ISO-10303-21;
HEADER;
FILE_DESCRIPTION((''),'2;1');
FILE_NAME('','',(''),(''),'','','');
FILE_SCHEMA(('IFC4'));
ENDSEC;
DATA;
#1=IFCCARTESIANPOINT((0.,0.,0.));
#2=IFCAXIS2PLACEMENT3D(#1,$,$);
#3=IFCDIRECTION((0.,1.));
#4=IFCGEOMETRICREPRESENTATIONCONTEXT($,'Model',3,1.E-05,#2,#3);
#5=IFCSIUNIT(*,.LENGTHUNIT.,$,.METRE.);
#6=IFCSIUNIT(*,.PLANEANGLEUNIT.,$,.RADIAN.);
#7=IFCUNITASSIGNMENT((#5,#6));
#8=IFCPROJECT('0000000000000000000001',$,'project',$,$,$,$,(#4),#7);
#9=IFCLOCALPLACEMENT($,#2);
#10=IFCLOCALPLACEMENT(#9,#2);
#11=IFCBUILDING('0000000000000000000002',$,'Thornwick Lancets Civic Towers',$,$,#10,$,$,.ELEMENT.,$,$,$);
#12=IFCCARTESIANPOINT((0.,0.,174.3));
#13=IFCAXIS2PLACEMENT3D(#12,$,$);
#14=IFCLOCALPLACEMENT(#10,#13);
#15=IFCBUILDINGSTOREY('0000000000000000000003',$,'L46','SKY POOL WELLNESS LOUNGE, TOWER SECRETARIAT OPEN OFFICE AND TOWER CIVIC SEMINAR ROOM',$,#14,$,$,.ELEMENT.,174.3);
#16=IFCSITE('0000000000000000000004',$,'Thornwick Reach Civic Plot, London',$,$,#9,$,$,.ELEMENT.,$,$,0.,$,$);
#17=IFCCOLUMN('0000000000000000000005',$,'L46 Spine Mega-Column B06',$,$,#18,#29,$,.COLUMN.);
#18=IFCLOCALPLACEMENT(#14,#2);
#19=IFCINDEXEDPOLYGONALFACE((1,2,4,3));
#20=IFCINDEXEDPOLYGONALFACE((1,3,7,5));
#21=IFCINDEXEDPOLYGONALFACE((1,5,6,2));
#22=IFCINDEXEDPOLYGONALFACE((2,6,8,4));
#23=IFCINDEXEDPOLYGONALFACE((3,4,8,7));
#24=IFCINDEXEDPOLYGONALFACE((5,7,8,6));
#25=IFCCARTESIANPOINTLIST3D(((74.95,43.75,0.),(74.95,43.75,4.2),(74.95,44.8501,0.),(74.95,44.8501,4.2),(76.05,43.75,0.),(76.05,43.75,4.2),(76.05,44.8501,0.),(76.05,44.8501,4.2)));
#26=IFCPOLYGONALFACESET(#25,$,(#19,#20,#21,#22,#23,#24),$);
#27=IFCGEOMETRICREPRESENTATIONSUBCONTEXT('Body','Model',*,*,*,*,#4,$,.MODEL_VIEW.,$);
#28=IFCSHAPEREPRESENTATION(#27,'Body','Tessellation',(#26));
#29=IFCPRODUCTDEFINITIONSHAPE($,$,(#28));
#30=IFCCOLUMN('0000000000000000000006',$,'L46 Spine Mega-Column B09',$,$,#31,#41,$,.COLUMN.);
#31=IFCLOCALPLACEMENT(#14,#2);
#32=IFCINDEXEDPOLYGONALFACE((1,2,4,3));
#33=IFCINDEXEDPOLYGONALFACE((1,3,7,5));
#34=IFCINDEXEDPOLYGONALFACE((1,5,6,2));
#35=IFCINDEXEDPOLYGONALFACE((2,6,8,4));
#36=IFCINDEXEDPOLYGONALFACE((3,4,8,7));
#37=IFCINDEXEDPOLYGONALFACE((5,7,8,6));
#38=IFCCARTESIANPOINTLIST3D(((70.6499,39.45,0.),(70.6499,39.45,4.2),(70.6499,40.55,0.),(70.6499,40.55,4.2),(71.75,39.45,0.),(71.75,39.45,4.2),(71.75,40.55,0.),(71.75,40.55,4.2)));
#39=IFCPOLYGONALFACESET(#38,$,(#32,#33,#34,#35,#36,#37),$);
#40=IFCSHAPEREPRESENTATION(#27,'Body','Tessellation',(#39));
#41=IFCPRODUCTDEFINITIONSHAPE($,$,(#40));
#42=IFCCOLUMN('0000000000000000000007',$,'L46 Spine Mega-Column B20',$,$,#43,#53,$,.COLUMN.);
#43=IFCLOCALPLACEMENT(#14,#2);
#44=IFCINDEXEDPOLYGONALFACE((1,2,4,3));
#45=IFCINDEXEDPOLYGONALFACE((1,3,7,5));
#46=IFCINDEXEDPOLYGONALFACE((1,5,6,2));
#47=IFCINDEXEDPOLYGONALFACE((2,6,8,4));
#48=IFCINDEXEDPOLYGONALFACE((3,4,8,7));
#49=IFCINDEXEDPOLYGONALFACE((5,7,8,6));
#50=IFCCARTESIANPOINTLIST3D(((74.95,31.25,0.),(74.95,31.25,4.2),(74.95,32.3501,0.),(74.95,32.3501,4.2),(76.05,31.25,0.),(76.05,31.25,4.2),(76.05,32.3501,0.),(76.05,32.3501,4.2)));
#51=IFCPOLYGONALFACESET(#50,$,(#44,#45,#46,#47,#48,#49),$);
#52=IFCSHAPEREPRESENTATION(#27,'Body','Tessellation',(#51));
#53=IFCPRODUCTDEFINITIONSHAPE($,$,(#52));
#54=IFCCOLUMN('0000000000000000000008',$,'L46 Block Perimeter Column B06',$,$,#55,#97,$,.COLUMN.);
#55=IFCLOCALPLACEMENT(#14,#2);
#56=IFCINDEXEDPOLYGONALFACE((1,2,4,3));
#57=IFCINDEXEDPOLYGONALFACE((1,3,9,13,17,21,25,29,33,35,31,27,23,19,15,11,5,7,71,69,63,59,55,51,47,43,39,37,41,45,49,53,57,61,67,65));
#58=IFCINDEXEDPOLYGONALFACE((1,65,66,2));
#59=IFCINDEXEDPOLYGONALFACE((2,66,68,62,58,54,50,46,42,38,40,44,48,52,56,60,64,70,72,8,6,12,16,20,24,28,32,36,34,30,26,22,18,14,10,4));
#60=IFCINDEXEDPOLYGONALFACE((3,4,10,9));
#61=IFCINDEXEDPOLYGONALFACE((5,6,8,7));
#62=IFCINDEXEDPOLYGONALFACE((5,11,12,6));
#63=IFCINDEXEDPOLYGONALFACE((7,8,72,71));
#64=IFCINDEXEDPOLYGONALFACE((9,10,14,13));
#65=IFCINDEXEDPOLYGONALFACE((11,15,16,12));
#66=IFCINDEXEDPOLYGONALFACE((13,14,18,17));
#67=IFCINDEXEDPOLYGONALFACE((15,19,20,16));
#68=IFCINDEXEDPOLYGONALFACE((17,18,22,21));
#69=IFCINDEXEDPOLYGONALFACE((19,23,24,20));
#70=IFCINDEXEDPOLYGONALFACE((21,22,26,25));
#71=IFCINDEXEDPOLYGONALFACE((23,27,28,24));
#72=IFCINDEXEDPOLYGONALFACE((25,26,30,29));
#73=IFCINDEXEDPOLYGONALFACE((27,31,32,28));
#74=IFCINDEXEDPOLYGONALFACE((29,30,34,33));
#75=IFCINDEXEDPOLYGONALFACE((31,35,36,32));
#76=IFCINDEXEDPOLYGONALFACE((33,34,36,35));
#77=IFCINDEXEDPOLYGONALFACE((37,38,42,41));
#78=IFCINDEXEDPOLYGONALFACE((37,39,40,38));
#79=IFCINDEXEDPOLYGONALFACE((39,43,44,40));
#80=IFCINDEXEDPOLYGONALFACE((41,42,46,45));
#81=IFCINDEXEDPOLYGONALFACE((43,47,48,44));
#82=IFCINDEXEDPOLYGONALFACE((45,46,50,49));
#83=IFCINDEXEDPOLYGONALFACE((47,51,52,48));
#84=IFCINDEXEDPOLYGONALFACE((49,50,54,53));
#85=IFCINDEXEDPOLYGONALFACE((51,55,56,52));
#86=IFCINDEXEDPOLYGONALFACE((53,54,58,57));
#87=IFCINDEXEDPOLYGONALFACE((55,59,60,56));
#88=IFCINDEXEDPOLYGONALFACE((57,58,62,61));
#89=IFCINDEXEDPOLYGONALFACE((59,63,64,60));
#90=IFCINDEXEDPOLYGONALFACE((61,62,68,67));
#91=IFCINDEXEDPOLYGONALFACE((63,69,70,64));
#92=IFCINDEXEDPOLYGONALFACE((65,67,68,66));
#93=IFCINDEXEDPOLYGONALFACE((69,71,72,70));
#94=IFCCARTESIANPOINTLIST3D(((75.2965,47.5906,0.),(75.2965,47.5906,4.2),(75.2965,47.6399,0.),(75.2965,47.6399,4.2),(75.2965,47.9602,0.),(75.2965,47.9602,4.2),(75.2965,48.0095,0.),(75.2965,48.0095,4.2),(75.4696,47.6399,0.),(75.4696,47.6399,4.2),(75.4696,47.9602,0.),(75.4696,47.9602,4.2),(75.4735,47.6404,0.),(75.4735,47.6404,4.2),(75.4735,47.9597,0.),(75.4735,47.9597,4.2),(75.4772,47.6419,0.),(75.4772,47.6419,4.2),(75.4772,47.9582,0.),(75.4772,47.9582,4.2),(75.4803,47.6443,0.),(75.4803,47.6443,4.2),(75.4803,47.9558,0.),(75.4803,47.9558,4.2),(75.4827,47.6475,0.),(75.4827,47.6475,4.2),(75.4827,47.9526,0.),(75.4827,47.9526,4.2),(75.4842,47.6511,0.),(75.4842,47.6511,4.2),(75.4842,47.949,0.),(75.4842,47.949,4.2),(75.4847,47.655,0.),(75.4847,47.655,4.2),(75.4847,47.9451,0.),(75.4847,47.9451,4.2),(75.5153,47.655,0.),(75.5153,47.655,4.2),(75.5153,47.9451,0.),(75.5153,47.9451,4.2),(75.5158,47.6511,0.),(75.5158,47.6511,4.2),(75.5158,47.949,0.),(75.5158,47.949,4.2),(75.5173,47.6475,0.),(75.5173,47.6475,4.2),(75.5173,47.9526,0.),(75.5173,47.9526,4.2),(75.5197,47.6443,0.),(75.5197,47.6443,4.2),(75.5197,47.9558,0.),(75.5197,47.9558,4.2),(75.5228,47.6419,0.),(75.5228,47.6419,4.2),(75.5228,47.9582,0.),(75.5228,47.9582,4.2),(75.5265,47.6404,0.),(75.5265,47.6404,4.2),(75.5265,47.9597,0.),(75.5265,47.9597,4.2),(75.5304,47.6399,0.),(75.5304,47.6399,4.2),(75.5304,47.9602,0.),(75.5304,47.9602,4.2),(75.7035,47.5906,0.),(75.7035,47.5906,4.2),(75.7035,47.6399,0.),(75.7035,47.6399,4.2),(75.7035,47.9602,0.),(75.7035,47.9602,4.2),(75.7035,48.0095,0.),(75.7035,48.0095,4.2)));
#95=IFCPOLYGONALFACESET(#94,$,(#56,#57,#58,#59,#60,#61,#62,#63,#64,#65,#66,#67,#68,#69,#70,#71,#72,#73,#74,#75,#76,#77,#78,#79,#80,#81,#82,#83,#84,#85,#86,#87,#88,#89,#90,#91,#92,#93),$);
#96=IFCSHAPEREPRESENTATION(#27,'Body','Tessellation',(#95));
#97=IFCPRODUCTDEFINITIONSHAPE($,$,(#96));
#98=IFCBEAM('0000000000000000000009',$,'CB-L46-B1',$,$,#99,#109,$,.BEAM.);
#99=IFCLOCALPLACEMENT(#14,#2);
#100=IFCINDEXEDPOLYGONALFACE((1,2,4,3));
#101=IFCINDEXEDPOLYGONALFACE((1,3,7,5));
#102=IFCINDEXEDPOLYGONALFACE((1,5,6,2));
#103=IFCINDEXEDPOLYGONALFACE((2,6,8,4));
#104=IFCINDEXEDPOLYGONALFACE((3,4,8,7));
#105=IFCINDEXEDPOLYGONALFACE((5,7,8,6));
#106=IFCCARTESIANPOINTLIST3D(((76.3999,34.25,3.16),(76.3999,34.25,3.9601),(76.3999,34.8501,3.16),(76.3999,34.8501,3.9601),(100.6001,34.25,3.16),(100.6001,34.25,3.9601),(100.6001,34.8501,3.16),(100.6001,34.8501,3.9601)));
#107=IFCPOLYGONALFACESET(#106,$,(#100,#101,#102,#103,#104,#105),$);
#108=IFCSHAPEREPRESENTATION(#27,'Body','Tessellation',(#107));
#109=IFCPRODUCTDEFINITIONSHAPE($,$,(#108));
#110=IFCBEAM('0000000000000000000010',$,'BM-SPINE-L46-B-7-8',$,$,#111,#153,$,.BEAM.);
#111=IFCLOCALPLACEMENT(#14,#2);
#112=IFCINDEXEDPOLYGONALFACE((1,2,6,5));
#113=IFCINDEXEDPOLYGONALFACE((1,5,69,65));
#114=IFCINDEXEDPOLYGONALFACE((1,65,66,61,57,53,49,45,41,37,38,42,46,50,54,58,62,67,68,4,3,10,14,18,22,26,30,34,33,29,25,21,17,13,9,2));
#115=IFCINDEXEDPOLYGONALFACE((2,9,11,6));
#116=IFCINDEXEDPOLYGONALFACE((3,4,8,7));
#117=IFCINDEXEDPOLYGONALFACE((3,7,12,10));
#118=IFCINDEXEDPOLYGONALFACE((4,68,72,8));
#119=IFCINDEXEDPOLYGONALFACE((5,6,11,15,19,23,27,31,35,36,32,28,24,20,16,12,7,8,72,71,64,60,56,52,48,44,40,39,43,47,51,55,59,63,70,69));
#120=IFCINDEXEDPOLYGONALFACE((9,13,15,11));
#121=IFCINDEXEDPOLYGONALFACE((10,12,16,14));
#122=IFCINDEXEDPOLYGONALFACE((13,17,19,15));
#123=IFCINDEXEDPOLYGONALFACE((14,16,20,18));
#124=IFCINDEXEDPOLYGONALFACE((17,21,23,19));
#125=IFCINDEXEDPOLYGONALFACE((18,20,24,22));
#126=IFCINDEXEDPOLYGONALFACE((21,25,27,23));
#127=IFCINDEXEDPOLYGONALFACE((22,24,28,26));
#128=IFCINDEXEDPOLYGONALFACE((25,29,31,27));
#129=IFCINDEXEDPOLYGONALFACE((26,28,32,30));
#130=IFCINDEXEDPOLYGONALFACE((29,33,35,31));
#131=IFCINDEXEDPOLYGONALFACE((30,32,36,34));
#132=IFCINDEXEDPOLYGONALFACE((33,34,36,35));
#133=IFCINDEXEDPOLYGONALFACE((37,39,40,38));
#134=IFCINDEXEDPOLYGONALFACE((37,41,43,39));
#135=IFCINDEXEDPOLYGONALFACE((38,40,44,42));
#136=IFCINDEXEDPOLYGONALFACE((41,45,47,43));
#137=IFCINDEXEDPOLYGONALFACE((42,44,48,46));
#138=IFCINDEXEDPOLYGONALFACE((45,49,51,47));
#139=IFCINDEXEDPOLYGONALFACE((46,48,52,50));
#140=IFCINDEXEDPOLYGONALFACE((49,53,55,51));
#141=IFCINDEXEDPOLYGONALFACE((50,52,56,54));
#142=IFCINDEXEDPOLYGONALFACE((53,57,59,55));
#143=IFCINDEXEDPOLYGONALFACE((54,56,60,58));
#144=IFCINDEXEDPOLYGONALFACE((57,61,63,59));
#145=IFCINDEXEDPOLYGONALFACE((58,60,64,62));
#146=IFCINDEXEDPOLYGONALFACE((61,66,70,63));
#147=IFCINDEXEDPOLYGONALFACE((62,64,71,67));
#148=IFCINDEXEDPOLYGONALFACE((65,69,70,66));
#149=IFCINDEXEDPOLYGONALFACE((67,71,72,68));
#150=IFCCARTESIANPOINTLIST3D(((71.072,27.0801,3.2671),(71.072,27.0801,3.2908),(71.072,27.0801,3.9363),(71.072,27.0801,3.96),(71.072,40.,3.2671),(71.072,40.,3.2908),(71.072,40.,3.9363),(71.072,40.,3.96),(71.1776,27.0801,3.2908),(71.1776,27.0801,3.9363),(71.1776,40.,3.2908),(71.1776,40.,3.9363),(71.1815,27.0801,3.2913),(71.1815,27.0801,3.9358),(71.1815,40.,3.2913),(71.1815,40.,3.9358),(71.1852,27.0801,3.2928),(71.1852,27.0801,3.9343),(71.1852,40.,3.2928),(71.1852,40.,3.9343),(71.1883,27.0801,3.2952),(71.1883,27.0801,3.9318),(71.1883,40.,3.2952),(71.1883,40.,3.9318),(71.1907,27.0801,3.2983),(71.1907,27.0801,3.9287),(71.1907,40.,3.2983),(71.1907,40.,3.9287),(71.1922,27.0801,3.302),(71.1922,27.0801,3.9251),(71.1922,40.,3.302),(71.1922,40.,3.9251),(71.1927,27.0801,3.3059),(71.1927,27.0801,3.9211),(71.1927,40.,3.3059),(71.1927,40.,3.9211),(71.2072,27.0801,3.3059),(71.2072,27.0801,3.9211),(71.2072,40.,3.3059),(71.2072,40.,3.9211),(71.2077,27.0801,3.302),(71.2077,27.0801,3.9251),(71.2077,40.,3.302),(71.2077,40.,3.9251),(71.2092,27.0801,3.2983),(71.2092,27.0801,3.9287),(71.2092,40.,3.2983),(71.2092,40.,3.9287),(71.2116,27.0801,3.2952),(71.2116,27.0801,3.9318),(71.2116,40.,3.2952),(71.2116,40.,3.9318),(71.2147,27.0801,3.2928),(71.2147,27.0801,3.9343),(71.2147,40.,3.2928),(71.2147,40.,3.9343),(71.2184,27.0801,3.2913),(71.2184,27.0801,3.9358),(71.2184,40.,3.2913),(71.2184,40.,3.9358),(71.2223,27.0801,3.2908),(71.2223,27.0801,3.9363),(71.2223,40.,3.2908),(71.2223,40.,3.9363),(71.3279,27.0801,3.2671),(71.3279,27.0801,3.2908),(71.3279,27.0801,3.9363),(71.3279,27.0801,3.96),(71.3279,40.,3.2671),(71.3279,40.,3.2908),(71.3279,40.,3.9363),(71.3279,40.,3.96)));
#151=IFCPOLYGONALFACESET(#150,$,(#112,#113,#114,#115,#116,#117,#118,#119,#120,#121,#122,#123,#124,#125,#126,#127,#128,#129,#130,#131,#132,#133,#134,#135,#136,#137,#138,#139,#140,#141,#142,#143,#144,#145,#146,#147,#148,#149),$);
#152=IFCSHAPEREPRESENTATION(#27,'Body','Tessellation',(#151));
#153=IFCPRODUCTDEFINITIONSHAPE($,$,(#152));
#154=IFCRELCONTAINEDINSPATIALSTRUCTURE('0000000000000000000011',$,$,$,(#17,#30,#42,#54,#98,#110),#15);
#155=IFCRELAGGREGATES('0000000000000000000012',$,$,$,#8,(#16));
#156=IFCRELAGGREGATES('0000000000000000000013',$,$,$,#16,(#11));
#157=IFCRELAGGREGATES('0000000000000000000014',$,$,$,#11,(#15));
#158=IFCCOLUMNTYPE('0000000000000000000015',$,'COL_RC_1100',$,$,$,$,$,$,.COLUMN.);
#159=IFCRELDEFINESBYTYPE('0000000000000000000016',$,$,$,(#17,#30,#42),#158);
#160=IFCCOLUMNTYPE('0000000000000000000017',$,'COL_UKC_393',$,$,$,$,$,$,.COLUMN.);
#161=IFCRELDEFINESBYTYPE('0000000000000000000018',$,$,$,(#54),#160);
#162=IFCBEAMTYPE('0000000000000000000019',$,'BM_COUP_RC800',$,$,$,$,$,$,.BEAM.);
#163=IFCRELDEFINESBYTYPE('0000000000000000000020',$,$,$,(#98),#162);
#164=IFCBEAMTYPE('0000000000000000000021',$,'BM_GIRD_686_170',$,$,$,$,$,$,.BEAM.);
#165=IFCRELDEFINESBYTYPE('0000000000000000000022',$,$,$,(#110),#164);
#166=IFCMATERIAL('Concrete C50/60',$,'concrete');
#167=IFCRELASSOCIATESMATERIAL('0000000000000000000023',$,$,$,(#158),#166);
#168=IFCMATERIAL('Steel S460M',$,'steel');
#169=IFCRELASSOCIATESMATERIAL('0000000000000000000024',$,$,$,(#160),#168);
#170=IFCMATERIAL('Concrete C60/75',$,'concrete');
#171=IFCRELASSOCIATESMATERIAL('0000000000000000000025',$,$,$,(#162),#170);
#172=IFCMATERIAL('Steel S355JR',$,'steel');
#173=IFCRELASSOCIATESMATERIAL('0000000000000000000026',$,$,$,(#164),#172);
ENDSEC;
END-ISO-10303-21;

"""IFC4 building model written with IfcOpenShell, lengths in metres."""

from ifc_helpers import new_model, si_unit, direction, frame, origin, origin_2d, place, context, subcontext, project, spatial, rectangle, i_section, extrude, material, material_profile, profile_set, type_object, element, save


model = new_model("IFC4")

# Units and contexts
model_context = context("Model", 3, precision=1e-05, world=origin(), true_north=direction((0.0, 1.0)))
body_context = subcontext(model_context, "Body", "Model", "MODEL_VIEW")
ifc_project = project(units=[si_unit("LENGTHUNIT", "METRE"), si_unit("PLANEANGLEUNIT", "RADIAN")], contexts=[model_context])

# Site, building, storey
site_placement = place(None, origin())
site = spatial("IfcSite", under=ifc_project, at=site_placement, Name="Thornwick Reach Civic Plot, London", CompositionType="ELEMENT", RefElevation=0.0)
building_placement = place(site_placement, origin())
building = spatial("IfcBuilding", under=site, at=building_placement, Name="Thornwick Lancets Civic Towers", CompositionType="ELEMENT")
storey_placement = place(building_placement, frame((0.0, 0.0, 174.3)))
storey = spatial("IfcBuildingStorey", under=building, at=storey_placement, Name="L46", Description="SKY POOL WELLNESS LOUNGE, TOWER SECRETARIAT OPEN OFFICE AND TOWER CIVIC SEMINAR ROOM", CompositionType="ELEMENT", Elevation=174.3)

# Columns
ifc_material_1 = material(Name="Concrete C50/60", Category="concrete")
ifc_material_profile_1 = material_profile(ifc_material_1, rectangle(XDim=1.1001, YDim=1.1001, at=origin_2d()), Name="RC 1100x1100")
ifc_profile_set_1 = profile_set([ifc_material_profile_1], Name="Concrete C50/60")
column_type_1 = type_object("IfcColumnType", Name="COL_RC_1100", PredefinedType="COLUMN", material=ifc_profile_set_1)
for number, where, z_axis, x_axis, name in (
    (1, (75.5, 44.3, 0.0), (0.0, 0.0, 1.0), (1.0, 0.0, 0.0), "L46 Spine Mega-Column B06"),
    (2, (71.2, 40.0, 0.0), (0.0, 0.0, 1.0), (1.0, 0.0, 0.0), "L46 Spine Mega-Column B09"),
    (3, (75.5, 31.8, 0.0), (0.0, 0.0, 1.0), (1.0, 0.0, 0.0), "L46 Spine Mega-Column B20"),
):
    element("IfcColumn", number, at=place(storey_placement, frame(where, z_axis=z_axis, x_axis=x_axis)), inside=storey, type_object=column_type_1, Name=name, PredefinedType="COLUMN", context=body_context, shape_type="SweptSolid", body=[
        extrude(rectangle(XDim=1.1001, YDim=1.1001, at=origin_2d()), origin(), (0.0, 0.0, 1.0), 4.2),
    ])
ifc_material_2 = material(Name="Steel S460M", Category="steel")
ifc_material_profile_2 = material_profile(ifc_material_2, i_section(OverallWidth=0.407, OverallDepth=0.4189, WebThickness=0.0305, FlangeThickness=0.0493, FilletRadius=0.0151, at=origin_2d()), Name="UKC 356x406x393")
ifc_profile_set_2 = profile_set([ifc_material_profile_2], Name="Steel S460M")
column_type_2 = type_object("IfcColumnType", Name="COL_UKC_393", PredefinedType="COLUMN", material=ifc_profile_set_2)
column_placement = place(storey_placement, frame((75.5, 47.8, 0.0), z_axis=(0.0, 0.0, 1.0), x_axis=(1.0, 0.0, 0.0)))
element("IfcColumn", 4, at=column_placement, inside=storey, type_object=column_type_2, Name="L46 Block Perimeter Column B06", PredefinedType="COLUMN", context=body_context, shape_type="SweptSolid", body=[
    extrude(i_section(OverallWidth=0.407, OverallDepth=0.4189, WebThickness=0.0305, FlangeThickness=0.0493, FilletRadius=0.0151, at=origin_2d()), origin(), (0.0, 0.0, 1.0), 4.2),
])

# Beams
ifc_material_3 = material(Name="Concrete C60/75", Category="concrete")
ifc_material_profile_3 = material_profile(ifc_material_3, rectangle(XDim=0.6001, YDim=0.8, at=origin_2d()), Name="RC 600x800")
ifc_profile_set_3 = profile_set([ifc_material_profile_3], Name="Concrete C60/75")
beam_type_1 = type_object("IfcBeamType", Name="BM_COUP_RC800", PredefinedType="BEAM", material=ifc_profile_set_3)
beam_1_placement = place(storey_placement, frame((76.3999, 34.55, 3.5601), z_axis=(1.0, 0.0, 0.0), x_axis=(0.0, 1.0, 0.0)))
element("IfcBeam", 5, at=beam_1_placement, inside=storey, type_object=beam_type_1, Name="CB-L46-B1", PredefinedType="BEAM", context=body_context, shape_type="SweptSolid", body=[
    extrude(rectangle(XDim=0.6001, YDim=0.8, at=origin_2d()), origin(), (0.0, 0.0, 1.0), 24.2002),
])
ifc_material_4 = material(Name="Steel S355JR", Category="steel")
ifc_material_profile_4 = material_profile(ifc_material_4, i_section(OverallWidth=0.2559, OverallDepth=0.6929, WebThickness=0.0144, FlangeThickness=0.0237, FilletRadius=0.0151, at=origin_2d()), Name="UKB 686x254x170")
ifc_profile_set_4 = profile_set([ifc_material_profile_4], Name="Steel S355JR")
beam_type_2 = type_object("IfcBeamType", Name="BM_GIRD_686_170", PredefinedType="BEAM", material=ifc_profile_set_4)
beam_2_placement = place(storey_placement, frame((71.2, 27.0801, 3.6135), z_axis=(0.0, 1.0, 0.0), x_axis=(-1.0, 0.0, 0.0)))
element("IfcBeam", 6, at=beam_2_placement, inside=storey, type_object=beam_type_2, Name="BM-SPINE-L46-B-7-8", PredefinedType="BEAM", context=body_context, shape_type="SweptSolid", body=[
    extrude(i_section(OverallWidth=0.2559, OverallDepth=0.6929, WebThickness=0.0144, FlangeThickness=0.0237, FilletRadius=0.0151, at=origin_2d()), origin(), (0.0, 0.0, 1.0), 12.9199),
])

save(model, "model.ifc")
